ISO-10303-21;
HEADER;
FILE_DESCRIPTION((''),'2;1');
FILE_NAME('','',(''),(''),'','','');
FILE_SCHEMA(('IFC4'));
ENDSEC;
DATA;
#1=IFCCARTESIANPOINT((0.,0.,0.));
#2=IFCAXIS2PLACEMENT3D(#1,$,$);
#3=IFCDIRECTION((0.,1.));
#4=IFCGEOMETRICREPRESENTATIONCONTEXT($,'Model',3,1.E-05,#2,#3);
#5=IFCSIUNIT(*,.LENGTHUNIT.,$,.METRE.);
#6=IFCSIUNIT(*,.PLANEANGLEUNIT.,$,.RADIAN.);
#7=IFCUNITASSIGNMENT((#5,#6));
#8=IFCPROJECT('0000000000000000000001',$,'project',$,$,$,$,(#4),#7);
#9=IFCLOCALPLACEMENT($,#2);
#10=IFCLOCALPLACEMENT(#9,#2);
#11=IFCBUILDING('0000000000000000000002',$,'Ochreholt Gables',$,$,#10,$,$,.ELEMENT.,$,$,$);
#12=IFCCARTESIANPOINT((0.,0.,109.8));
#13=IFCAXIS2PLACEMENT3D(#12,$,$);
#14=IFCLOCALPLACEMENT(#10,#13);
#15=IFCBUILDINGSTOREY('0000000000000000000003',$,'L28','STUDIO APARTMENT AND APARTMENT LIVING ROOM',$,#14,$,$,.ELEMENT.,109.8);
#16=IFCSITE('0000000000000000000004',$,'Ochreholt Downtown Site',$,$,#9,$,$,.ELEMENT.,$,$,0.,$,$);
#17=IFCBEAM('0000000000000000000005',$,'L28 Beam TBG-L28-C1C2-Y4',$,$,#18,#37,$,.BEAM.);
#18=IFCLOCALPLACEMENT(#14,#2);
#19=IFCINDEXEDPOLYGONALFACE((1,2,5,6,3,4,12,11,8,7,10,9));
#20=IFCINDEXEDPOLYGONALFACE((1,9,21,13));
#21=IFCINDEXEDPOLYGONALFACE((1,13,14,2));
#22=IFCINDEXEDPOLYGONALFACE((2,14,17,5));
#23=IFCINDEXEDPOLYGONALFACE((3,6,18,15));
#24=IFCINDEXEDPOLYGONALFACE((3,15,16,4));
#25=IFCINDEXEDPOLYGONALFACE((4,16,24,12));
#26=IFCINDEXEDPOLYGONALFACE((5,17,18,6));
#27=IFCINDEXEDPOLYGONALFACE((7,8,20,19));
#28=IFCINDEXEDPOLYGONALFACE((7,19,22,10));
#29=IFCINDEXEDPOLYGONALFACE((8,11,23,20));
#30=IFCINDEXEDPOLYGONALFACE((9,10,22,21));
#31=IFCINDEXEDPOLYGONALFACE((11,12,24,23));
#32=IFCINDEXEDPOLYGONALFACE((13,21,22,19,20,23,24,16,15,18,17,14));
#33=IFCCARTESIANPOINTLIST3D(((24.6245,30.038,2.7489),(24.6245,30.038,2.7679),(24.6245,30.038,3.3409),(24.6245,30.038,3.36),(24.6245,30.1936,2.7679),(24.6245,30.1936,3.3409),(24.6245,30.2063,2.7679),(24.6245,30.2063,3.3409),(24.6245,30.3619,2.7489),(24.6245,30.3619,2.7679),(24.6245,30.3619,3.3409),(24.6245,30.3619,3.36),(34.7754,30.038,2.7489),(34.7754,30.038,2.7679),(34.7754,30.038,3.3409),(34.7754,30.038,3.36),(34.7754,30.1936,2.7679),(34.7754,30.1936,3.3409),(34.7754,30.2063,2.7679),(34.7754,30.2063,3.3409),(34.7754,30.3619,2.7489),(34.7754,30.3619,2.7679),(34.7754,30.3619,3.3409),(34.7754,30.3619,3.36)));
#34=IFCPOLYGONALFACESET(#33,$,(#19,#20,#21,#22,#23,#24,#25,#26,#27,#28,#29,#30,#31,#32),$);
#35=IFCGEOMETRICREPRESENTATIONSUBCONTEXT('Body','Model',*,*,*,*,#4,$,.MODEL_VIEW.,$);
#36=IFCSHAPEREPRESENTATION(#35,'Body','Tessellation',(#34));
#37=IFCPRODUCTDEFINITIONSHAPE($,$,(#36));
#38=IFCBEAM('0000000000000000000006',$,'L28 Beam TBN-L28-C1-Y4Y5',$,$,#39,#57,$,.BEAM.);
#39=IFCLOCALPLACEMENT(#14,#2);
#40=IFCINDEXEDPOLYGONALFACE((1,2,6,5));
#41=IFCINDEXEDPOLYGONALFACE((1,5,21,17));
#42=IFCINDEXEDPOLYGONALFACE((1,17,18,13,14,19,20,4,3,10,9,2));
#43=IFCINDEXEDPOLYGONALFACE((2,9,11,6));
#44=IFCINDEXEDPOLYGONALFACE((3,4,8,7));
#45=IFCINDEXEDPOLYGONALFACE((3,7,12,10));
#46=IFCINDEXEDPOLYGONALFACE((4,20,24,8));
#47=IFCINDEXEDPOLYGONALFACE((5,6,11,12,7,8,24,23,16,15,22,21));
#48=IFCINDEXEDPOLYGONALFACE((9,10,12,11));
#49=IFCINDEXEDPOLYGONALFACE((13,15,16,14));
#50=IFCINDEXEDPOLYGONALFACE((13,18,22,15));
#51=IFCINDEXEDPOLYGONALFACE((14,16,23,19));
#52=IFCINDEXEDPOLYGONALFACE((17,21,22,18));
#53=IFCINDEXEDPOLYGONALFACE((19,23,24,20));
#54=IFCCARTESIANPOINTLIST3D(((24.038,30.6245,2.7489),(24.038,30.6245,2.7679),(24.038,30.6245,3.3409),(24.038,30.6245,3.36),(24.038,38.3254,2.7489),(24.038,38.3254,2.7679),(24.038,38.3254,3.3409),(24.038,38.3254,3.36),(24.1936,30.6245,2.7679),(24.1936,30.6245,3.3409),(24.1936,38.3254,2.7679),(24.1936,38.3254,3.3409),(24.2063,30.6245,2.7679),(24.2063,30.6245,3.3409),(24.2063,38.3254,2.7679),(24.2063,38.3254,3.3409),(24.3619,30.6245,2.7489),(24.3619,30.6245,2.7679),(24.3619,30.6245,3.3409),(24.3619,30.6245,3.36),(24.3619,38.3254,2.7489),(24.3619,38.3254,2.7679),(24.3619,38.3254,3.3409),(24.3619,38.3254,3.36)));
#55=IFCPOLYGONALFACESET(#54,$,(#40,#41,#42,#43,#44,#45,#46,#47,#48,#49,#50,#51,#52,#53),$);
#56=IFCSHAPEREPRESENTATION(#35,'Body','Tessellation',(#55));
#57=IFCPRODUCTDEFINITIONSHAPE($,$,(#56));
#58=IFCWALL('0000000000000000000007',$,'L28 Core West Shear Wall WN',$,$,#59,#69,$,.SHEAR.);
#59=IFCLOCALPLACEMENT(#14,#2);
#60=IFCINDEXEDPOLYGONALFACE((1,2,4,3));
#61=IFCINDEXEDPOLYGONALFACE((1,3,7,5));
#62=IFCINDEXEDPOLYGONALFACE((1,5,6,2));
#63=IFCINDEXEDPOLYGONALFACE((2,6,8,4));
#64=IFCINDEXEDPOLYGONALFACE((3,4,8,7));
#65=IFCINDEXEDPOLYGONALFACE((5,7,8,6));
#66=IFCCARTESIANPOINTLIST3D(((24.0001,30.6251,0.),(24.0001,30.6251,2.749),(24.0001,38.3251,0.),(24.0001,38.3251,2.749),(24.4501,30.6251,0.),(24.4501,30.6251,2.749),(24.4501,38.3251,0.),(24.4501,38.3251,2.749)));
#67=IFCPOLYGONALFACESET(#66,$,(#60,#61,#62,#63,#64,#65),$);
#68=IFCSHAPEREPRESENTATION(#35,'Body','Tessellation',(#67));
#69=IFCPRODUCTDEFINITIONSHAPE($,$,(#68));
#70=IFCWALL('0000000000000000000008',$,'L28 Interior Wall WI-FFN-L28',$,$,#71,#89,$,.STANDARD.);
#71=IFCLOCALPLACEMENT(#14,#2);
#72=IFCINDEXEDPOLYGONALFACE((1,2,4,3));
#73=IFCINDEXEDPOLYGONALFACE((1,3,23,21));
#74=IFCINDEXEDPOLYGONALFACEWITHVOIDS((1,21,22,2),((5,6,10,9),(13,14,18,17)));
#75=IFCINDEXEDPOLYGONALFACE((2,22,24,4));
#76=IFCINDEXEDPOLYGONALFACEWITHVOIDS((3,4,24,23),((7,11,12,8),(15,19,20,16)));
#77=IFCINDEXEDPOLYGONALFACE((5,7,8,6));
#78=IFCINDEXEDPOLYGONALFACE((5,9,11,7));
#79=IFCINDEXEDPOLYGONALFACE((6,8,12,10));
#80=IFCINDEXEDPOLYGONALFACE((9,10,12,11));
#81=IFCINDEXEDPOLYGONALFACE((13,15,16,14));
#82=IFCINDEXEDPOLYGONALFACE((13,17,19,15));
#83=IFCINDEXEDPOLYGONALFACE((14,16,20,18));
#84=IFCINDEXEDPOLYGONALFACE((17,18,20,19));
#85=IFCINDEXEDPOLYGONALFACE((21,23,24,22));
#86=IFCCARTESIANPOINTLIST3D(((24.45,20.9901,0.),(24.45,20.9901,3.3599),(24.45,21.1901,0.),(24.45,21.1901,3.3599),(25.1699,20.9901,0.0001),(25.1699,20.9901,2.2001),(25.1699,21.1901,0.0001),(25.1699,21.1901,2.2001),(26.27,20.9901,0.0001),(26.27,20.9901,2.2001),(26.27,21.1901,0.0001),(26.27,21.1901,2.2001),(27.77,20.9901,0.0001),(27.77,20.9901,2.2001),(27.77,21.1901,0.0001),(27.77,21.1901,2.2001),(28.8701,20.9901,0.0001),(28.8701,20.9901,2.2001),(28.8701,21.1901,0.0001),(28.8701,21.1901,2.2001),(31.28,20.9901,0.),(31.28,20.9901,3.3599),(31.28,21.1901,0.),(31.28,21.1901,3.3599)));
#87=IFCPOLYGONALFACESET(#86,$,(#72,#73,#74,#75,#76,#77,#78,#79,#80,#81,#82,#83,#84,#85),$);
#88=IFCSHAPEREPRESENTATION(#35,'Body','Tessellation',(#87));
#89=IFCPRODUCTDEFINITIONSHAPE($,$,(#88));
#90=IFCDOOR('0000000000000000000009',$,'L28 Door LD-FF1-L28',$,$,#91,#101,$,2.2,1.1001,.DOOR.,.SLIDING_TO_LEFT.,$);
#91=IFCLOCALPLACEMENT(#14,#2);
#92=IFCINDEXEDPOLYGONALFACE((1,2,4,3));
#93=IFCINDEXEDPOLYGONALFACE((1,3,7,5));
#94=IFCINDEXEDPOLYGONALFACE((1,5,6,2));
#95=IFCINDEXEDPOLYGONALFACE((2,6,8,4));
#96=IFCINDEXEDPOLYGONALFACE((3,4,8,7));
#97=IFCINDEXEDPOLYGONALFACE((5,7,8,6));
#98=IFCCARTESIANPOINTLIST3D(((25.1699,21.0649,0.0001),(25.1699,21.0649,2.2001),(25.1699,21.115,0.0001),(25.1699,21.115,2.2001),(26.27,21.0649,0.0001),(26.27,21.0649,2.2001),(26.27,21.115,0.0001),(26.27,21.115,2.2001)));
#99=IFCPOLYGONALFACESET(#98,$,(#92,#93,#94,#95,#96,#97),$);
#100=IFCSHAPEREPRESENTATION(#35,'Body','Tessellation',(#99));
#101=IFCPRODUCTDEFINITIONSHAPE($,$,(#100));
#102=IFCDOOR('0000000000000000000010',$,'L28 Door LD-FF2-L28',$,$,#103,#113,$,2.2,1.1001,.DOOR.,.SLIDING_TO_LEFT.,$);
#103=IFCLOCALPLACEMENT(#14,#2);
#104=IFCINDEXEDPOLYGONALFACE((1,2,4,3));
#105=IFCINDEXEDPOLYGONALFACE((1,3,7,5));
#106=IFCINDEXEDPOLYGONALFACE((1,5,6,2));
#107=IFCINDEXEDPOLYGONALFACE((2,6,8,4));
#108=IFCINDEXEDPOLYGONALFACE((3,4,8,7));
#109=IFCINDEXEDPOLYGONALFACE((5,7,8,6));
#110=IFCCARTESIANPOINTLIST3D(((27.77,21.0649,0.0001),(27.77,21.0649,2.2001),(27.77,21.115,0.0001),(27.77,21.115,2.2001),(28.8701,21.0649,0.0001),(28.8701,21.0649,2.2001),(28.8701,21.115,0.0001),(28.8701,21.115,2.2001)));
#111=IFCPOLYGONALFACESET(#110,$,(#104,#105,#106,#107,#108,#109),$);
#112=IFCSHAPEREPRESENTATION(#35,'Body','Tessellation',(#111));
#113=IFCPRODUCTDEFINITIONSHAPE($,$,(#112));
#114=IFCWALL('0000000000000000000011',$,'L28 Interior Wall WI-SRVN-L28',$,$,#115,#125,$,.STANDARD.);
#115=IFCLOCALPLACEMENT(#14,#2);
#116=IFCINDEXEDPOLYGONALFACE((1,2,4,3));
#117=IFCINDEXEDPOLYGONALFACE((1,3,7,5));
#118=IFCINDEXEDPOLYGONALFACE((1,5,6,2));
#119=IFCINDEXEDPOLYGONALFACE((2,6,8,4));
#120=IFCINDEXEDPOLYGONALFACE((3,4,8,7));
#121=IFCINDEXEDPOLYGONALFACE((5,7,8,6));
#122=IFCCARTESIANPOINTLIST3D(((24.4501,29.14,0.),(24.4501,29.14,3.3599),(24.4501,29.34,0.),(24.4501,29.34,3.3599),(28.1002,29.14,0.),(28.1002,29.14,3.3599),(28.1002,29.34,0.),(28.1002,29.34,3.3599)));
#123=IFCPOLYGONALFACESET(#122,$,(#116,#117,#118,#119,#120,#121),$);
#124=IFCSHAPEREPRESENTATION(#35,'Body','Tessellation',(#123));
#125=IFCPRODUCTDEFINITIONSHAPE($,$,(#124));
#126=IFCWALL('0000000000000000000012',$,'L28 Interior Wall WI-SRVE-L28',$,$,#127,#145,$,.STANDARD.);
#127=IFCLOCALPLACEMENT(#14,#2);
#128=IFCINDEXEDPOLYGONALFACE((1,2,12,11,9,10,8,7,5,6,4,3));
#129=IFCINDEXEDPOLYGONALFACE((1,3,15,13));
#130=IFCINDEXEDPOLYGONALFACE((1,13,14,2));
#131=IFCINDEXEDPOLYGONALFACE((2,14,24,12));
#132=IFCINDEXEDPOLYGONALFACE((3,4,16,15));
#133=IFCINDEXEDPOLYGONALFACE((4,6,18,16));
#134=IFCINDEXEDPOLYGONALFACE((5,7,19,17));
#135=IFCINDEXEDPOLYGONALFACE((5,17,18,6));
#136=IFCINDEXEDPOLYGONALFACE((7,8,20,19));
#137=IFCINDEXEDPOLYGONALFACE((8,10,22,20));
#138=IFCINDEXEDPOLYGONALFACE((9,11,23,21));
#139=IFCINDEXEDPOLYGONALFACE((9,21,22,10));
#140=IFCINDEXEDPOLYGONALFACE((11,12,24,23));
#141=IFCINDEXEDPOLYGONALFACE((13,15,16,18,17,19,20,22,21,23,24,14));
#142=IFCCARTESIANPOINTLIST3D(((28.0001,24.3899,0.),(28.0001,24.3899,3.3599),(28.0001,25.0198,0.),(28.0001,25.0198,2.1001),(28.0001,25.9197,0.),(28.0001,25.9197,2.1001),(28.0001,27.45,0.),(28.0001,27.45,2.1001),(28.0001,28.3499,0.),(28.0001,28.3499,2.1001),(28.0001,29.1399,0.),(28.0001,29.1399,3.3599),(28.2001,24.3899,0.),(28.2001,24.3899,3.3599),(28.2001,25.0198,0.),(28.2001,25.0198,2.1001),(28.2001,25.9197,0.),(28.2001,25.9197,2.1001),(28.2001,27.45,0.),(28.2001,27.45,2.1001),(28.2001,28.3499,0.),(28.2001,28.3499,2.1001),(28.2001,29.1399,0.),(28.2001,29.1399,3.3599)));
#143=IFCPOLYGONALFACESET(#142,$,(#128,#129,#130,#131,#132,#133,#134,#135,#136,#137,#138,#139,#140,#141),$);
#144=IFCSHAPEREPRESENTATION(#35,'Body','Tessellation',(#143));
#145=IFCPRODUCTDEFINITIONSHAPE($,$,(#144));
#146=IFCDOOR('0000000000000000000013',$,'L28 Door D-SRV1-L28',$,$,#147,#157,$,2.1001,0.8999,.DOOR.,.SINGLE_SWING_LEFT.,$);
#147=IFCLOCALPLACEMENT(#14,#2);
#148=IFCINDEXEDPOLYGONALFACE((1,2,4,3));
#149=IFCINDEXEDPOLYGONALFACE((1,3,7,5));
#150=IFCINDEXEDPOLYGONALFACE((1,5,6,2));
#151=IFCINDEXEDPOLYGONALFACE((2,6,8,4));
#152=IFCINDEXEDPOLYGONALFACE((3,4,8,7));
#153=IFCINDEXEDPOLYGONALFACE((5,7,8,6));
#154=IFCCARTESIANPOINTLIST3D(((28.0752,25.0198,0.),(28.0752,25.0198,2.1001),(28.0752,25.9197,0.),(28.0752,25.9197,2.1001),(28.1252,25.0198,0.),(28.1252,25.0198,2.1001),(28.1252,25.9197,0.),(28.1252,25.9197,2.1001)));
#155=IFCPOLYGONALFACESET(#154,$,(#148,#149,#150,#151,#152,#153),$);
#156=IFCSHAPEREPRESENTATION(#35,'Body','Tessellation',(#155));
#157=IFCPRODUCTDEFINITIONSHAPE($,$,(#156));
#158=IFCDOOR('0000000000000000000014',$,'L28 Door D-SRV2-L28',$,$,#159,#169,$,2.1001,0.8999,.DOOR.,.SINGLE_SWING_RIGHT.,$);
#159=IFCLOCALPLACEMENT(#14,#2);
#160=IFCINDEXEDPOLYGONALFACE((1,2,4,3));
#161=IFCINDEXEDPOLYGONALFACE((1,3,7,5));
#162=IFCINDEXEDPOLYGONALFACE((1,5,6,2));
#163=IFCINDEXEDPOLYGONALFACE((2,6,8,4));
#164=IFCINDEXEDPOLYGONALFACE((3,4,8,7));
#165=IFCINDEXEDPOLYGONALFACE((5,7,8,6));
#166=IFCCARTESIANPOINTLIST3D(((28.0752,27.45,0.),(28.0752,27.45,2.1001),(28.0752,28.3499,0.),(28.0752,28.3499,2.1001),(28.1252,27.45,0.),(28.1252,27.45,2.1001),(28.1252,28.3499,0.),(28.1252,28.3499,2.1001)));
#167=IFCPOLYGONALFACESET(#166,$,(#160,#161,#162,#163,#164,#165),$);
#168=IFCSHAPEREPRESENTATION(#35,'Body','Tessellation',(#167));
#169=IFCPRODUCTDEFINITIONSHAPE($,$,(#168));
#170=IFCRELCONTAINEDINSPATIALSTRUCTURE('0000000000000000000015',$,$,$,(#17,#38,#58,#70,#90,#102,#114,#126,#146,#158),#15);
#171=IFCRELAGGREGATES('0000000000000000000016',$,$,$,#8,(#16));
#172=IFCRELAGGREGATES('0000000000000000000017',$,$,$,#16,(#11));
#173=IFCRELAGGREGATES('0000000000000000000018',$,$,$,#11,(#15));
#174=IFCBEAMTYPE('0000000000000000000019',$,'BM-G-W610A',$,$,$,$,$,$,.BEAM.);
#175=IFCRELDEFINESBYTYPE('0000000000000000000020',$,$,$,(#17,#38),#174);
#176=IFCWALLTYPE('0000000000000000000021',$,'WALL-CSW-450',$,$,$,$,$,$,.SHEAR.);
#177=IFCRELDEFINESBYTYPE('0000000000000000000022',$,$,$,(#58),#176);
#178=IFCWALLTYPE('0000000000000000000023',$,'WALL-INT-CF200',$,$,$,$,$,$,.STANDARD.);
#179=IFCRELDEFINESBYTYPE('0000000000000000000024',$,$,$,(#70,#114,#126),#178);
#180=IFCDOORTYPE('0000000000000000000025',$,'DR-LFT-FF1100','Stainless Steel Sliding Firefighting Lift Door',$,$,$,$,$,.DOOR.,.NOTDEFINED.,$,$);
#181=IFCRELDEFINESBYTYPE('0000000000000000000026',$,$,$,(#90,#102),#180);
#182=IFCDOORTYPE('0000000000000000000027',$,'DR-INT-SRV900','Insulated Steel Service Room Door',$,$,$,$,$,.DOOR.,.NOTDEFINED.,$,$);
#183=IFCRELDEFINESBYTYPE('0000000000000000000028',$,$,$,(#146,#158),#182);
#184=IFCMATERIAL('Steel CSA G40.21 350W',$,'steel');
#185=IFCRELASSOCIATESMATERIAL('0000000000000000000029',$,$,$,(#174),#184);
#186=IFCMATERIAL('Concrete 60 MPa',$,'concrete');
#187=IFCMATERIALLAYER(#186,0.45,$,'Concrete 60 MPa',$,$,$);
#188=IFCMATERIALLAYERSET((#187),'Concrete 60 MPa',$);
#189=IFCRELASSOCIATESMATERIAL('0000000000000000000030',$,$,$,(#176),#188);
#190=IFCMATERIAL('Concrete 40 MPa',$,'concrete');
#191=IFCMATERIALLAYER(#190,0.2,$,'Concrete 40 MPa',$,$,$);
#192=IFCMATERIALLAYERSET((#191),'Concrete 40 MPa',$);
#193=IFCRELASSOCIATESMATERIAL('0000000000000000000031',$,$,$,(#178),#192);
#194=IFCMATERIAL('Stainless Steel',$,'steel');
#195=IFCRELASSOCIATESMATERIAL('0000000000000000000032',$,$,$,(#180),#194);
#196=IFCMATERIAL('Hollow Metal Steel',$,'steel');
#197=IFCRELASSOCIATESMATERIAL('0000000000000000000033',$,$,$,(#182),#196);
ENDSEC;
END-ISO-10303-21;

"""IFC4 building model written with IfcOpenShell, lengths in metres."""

from ifc_helpers import new_model, si_unit, direction, frame, frame_2d, origin, origin_2d, place, context, subcontext, project, spatial, rectangle, i_section, extrude, material, layer, layer_set, material_profile, profile_set, type_object, element, fill, save


model = new_model("IFC4")

# Units and contexts
model_context = context("Model", 3, precision=1e-05, world=origin(), true_north=direction((0.0, 1.0)))
body_context = subcontext(model_context, "Body", "Model", "MODEL_VIEW")
ifc_project = project(units=[si_unit("LENGTHUNIT", "METRE"), si_unit("PLANEANGLEUNIT", "RADIAN")], contexts=[model_context])

# Site, building, storey
site_placement = place(None, origin())
site = spatial("IfcSite", under=ifc_project, at=site_placement, Name="Ochreholt Downtown Site", CompositionType="ELEMENT", RefElevation=0.0)
building_placement = place(site_placement, origin())
building = spatial("IfcBuilding", under=site, at=building_placement, Name="Ochreholt Gables", CompositionType="ELEMENT")
storey_placement = place(building_placement, frame((0.0, 0.0, 109.8)))
storey = spatial("IfcBuildingStorey", under=building, at=storey_placement, Name="L28", Description="STUDIO APARTMENT AND APARTMENT LIVING ROOM", CompositionType="ELEMENT", Elevation=109.8)

# Beams
ifc_material_1 = material(Name="Steel CSA G40.21 350W", Category="steel")
ifc_material_profile = material_profile(ifc_material_1, i_section(OverallWidth=0.324, OverallDepth=0.6111, WebThickness=0.0127, FlangeThickness=0.019, at=origin_2d()), Name="W610X155")
ifc_profile_set = profile_set([ifc_material_profile], Name="Steel CSA G40.21 350W")
beam_type = type_object("IfcBeamType", Name="BM-G-W610A", PredefinedType="BEAM", material=ifc_profile_set)
beam_1_placement = place(storey_placement, frame((24.6245, 30.2, 3.0544), z_axis=(1.0, 0.0, 0.0), x_axis=(0.0, 1.0, 0.0)))
element("IfcBeam", 1, at=beam_1_placement, inside=storey, type_object=beam_type, Name="L28 Beam TBG-L28-C1C2-Y4", PredefinedType="BEAM", context=body_context, shape_type="SweptSolid", body=[
    extrude(i_section(OverallWidth=0.324, OverallDepth=0.6111, WebThickness=0.0127, FlangeThickness=0.019, at=origin_2d()), origin(), (0.0, 0.0, 1.0), 10.1509),
])
beam_2_placement = place(storey_placement, frame((24.2, 30.6245, 3.0544), z_axis=(0.0, 1.0, 0.0), x_axis=(-1.0, 0.0, 0.0)))
element("IfcBeam", 2, at=beam_2_placement, inside=storey, type_object=beam_type, Name="L28 Beam TBN-L28-C1-Y4Y5", PredefinedType="BEAM", context=body_context, shape_type="SweptSolid", body=[
    extrude(i_section(OverallWidth=0.324, OverallDepth=0.6111, WebThickness=0.0127, FlangeThickness=0.019, at=origin_2d()), origin(), (0.0, 0.0, 1.0), 7.7009),
])

# Wall
ifc_material_2 = material(Name="Concrete 60 MPa", Category="concrete")
ifc_layer_1 = layer(ifc_material_2, 0.45, Name="Concrete 60 MPa")
ifc_layer_set_1 = layer_set([ifc_layer_1], Name="Concrete 60 MPa")
wall_type_1 = type_object("IfcWallType", Name="WALL-CSW-450", PredefinedType="SHEAR", material=ifc_layer_set_1)
wall_1_placement = place(storey_placement, frame((24.2251, 30.625, 0.0), z_axis=(0.0, 0.0, 1.0), x_axis=(0.0, 1.0, 0.0)))
element("IfcWall", 3, at=wall_1_placement, inside=storey, type_object=wall_type_1, Name="L28 Core West Shear Wall WN", PredefinedType="SHEAR", context=body_context, shape_type="SweptSolid", body=[
    extrude(rectangle(XDim=7.7, YDim=0.45, at=frame_2d((3.8501, 0.0))), origin(), (0.0, 0.0, 1.0), 2.749),
])

# Wall, openings, doors
ifc_material_3 = material(Name="Concrete 40 MPa", Category="concrete")
ifc_layer_2 = layer(ifc_material_3, 0.2, Name="Concrete 40 MPa")
ifc_layer_set_2 = layer_set([ifc_layer_2], Name="Concrete 40 MPa")
wall_type_2 = type_object("IfcWallType", Name="WALL-INT-CF200", PredefinedType="STANDARD", material=ifc_layer_set_2)
wall_2_placement = place(storey_placement, frame((24.45, 21.0901, 0.0), z_axis=(0.0, 0.0, 1.0), x_axis=(1.0, 0.0, 0.0)))
wall_2 = element("IfcWall", 4, at=wall_2_placement, inside=storey, type_object=wall_type_2, Name="L28 Interior Wall WI-FFN-L28", PredefinedType="STANDARD", context=body_context, shape_type="SweptSolid", body=[
    extrude(rectangle(XDim=6.8301, YDim=0.2, at=frame_2d((3.415, 0.0))), origin(), (0.0, 0.0, 1.0), 3.3599),
])
opening_1_placement = place(wall_2_placement, frame((0.72, 0.0, 0.0)))
opening_1 = element("IfcOpeningElement", 5, at=opening_1_placement, cuts=wall_2, PredefinedType="OPENING", context=body_context, shape_type="SweptSolid", body=[
    extrude(rectangle(XDim=1.1001, YDim=2.2, at=frame_2d((0.55, 1.1001))), frame((0.0, 0.1099, 0.0), z_axis=(0.0, -1.0, 0.0), x_axis=(1.0, 0.0, 0.0)), (0.0, 0.0, 1.0), 0.22),
])
opening_2_placement = place(wall_2_placement, frame((3.3201, 0.0, 0.0)))
opening_2 = element("IfcOpeningElement", 6, at=opening_2_placement, cuts=wall_2, PredefinedType="OPENING", context=body_context, shape_type="SweptSolid", body=[
    extrude(rectangle(XDim=1.1001, YDim=2.2, at=frame_2d((0.55, 1.1001))), frame((0.0, 0.1099, 0.0), z_axis=(0.0, -1.0, 0.0), x_axis=(1.0, 0.0, 0.0)), (0.0, 0.0, 1.0), 0.22),
])
ifc_material_4 = material(Name="Stainless Steel", Category="steel")
door_type_1 = type_object("IfcDoorType", Name="DR-LFT-FF1100", Description="Stainless Steel Sliding Firefighting Lift Door", OperationType="NOTDEFINED", PredefinedType="DOOR", material=ifc_material_4)
door_1_placement = place(opening_1_placement, origin())
door_1 = element("IfcDoor", 7, at=door_1_placement, inside=storey, type_object=door_type_1, Name="L28 Door LD-FF1-L28", OperationType="SLIDING_TO_LEFT", OverallHeight=2.2, OverallWidth=1.1001, PredefinedType="DOOR", context=body_context, shape_type="SweptSolid", body=[
    extrude(rectangle(XDim=1.1001, YDim=2.2, at=frame_2d((0.55, 1.1001))), frame((0.0, 0.0249, 0.0), z_axis=(0.0, -1.0, 0.0), x_axis=(1.0, 0.0, 0.0)), (0.0, 0.0, 1.0), 0.05),
])
fill(opening_1, door_1)
door_2_placement = place(opening_2_placement, origin())
door_2 = element("IfcDoor", 8, at=door_2_placement, inside=storey, type_object=door_type_1, Name="L28 Door LD-FF2-L28", OperationType="SLIDING_TO_LEFT", OverallHeight=2.2, OverallWidth=1.1001, PredefinedType="DOOR", context=body_context, shape_type="SweptSolid", body=[
    extrude(rectangle(XDim=1.1001, YDim=2.2, at=frame_2d((0.55, 1.1001))), frame((0.0, 0.0249, 0.0), z_axis=(0.0, -1.0, 0.0), x_axis=(1.0, 0.0, 0.0)), (0.0, 0.0, 1.0), 0.05),
])
fill(opening_2, door_2)

# Wall
wall_3_placement = place(storey_placement, frame((24.45, 29.24, 0.0), z_axis=(0.0, 0.0, 1.0), x_axis=(1.0, 0.0, 0.0)))
element("IfcWall", 9, at=wall_3_placement, inside=storey, type_object=wall_type_2, Name="L28 Interior Wall WI-SRVN-L28", PredefinedType="STANDARD", context=body_context, shape_type="SweptSolid", body=[
    extrude(rectangle(XDim=3.6501, YDim=0.2, at=frame_2d((1.8252, 0.0))), origin(), (0.0, 0.0, 1.0), 3.3599),
])

# Wall, openings, doors
wall_4_placement = place(storey_placement, frame((28.1001, 24.3899, 0.0), z_axis=(0.0, 0.0, 1.0), x_axis=(0.0, 1.0, 0.0)))
wall_4 = element("IfcWall", 10, at=wall_4_placement, inside=storey, type_object=wall_type_2, Name="L28 Interior Wall WI-SRVE-L28", PredefinedType="STANDARD", context=body_context, shape_type="SweptSolid", body=[
    extrude(rectangle(XDim=4.75, YDim=0.2, at=frame_2d((2.375, 0.0))), origin(), (0.0, 0.0, 1.0), 3.3599),
])
opening_3_placement = place(wall_4_placement, frame((0.6299, 0.0, 0.0)))
opening_3 = element("IfcOpeningElement", 11, at=opening_3_placement, cuts=wall_4, PredefinedType="OPENING", context=body_context, shape_type="SweptSolid", body=[
    extrude(rectangle(XDim=0.8999, YDim=2.1001, at=frame_2d((0.45, 1.05))), frame((0.0, 0.1099, 0.0), z_axis=(0.0, -1.0, 0.0), x_axis=(1.0, 0.0, 0.0)), (0.0, 0.0, 1.0), 0.22),
])
opening_4_placement = place(wall_4_placement, frame((3.0601, 0.0, 0.0)))
opening_4 = element("IfcOpeningElement", 12, at=opening_4_placement, cuts=wall_4, PredefinedType="OPENING", context=body_context, shape_type="SweptSolid", body=[
    extrude(rectangle(XDim=0.8999, YDim=2.1001, at=frame_2d((0.45, 1.05))), frame((0.0, 0.1099, 0.0), z_axis=(0.0, -1.0, 0.0), x_axis=(1.0, 0.0, 0.0)), (0.0, 0.0, 1.0), 0.22),
])
ifc_material_5 = material(Name="Hollow Metal Steel", Category="steel")
door_type_2 = type_object("IfcDoorType", Name="DR-INT-SRV900", Description="Insulated Steel Service Room Door", OperationType="NOTDEFINED", PredefinedType="DOOR", material=ifc_material_5)
door_3_placement = place(opening_3_placement, origin())
door_3 = element("IfcDoor", 13, at=door_3_placement, inside=storey, type_object=door_type_2, Name="L28 Door D-SRV1-L28", OperationType="SINGLE_SWING_LEFT", OverallHeight=2.1001, OverallWidth=0.8999, PredefinedType="DOOR", context=body_context, shape_type="SweptSolid", body=[
    extrude(rectangle(XDim=0.8999, YDim=2.1001, at=frame_2d((0.45, 1.05))), frame((0.0, 0.0249, 0.0), z_axis=(0.0, -1.0, 0.0), x_axis=(1.0, 0.0, 0.0)), (0.0, 0.0, 1.0), 0.05),
])
fill(opening_3, door_3)
door_4_placement = place(opening_4_placement, origin())
door_4 = element("IfcDoor", 14, at=door_4_placement, inside=storey, type_object=door_type_2, Name="L28 Door D-SRV2-L28", OperationType="SINGLE_SWING_RIGHT", OverallHeight=2.1001, OverallWidth=0.8999, PredefinedType="DOOR", context=body_context, shape_type="SweptSolid", body=[
    extrude(rectangle(XDim=0.8999, YDim=2.1001, at=frame_2d((0.45, 1.05))), frame((0.0, 0.0249, 0.0), z_axis=(0.0, -1.0, 0.0), x_axis=(1.0, 0.0, 0.0)), (0.0, 0.0, 1.0), 0.05),
])
fill(opening_4, door_4)

save(model, "model.ifc")
